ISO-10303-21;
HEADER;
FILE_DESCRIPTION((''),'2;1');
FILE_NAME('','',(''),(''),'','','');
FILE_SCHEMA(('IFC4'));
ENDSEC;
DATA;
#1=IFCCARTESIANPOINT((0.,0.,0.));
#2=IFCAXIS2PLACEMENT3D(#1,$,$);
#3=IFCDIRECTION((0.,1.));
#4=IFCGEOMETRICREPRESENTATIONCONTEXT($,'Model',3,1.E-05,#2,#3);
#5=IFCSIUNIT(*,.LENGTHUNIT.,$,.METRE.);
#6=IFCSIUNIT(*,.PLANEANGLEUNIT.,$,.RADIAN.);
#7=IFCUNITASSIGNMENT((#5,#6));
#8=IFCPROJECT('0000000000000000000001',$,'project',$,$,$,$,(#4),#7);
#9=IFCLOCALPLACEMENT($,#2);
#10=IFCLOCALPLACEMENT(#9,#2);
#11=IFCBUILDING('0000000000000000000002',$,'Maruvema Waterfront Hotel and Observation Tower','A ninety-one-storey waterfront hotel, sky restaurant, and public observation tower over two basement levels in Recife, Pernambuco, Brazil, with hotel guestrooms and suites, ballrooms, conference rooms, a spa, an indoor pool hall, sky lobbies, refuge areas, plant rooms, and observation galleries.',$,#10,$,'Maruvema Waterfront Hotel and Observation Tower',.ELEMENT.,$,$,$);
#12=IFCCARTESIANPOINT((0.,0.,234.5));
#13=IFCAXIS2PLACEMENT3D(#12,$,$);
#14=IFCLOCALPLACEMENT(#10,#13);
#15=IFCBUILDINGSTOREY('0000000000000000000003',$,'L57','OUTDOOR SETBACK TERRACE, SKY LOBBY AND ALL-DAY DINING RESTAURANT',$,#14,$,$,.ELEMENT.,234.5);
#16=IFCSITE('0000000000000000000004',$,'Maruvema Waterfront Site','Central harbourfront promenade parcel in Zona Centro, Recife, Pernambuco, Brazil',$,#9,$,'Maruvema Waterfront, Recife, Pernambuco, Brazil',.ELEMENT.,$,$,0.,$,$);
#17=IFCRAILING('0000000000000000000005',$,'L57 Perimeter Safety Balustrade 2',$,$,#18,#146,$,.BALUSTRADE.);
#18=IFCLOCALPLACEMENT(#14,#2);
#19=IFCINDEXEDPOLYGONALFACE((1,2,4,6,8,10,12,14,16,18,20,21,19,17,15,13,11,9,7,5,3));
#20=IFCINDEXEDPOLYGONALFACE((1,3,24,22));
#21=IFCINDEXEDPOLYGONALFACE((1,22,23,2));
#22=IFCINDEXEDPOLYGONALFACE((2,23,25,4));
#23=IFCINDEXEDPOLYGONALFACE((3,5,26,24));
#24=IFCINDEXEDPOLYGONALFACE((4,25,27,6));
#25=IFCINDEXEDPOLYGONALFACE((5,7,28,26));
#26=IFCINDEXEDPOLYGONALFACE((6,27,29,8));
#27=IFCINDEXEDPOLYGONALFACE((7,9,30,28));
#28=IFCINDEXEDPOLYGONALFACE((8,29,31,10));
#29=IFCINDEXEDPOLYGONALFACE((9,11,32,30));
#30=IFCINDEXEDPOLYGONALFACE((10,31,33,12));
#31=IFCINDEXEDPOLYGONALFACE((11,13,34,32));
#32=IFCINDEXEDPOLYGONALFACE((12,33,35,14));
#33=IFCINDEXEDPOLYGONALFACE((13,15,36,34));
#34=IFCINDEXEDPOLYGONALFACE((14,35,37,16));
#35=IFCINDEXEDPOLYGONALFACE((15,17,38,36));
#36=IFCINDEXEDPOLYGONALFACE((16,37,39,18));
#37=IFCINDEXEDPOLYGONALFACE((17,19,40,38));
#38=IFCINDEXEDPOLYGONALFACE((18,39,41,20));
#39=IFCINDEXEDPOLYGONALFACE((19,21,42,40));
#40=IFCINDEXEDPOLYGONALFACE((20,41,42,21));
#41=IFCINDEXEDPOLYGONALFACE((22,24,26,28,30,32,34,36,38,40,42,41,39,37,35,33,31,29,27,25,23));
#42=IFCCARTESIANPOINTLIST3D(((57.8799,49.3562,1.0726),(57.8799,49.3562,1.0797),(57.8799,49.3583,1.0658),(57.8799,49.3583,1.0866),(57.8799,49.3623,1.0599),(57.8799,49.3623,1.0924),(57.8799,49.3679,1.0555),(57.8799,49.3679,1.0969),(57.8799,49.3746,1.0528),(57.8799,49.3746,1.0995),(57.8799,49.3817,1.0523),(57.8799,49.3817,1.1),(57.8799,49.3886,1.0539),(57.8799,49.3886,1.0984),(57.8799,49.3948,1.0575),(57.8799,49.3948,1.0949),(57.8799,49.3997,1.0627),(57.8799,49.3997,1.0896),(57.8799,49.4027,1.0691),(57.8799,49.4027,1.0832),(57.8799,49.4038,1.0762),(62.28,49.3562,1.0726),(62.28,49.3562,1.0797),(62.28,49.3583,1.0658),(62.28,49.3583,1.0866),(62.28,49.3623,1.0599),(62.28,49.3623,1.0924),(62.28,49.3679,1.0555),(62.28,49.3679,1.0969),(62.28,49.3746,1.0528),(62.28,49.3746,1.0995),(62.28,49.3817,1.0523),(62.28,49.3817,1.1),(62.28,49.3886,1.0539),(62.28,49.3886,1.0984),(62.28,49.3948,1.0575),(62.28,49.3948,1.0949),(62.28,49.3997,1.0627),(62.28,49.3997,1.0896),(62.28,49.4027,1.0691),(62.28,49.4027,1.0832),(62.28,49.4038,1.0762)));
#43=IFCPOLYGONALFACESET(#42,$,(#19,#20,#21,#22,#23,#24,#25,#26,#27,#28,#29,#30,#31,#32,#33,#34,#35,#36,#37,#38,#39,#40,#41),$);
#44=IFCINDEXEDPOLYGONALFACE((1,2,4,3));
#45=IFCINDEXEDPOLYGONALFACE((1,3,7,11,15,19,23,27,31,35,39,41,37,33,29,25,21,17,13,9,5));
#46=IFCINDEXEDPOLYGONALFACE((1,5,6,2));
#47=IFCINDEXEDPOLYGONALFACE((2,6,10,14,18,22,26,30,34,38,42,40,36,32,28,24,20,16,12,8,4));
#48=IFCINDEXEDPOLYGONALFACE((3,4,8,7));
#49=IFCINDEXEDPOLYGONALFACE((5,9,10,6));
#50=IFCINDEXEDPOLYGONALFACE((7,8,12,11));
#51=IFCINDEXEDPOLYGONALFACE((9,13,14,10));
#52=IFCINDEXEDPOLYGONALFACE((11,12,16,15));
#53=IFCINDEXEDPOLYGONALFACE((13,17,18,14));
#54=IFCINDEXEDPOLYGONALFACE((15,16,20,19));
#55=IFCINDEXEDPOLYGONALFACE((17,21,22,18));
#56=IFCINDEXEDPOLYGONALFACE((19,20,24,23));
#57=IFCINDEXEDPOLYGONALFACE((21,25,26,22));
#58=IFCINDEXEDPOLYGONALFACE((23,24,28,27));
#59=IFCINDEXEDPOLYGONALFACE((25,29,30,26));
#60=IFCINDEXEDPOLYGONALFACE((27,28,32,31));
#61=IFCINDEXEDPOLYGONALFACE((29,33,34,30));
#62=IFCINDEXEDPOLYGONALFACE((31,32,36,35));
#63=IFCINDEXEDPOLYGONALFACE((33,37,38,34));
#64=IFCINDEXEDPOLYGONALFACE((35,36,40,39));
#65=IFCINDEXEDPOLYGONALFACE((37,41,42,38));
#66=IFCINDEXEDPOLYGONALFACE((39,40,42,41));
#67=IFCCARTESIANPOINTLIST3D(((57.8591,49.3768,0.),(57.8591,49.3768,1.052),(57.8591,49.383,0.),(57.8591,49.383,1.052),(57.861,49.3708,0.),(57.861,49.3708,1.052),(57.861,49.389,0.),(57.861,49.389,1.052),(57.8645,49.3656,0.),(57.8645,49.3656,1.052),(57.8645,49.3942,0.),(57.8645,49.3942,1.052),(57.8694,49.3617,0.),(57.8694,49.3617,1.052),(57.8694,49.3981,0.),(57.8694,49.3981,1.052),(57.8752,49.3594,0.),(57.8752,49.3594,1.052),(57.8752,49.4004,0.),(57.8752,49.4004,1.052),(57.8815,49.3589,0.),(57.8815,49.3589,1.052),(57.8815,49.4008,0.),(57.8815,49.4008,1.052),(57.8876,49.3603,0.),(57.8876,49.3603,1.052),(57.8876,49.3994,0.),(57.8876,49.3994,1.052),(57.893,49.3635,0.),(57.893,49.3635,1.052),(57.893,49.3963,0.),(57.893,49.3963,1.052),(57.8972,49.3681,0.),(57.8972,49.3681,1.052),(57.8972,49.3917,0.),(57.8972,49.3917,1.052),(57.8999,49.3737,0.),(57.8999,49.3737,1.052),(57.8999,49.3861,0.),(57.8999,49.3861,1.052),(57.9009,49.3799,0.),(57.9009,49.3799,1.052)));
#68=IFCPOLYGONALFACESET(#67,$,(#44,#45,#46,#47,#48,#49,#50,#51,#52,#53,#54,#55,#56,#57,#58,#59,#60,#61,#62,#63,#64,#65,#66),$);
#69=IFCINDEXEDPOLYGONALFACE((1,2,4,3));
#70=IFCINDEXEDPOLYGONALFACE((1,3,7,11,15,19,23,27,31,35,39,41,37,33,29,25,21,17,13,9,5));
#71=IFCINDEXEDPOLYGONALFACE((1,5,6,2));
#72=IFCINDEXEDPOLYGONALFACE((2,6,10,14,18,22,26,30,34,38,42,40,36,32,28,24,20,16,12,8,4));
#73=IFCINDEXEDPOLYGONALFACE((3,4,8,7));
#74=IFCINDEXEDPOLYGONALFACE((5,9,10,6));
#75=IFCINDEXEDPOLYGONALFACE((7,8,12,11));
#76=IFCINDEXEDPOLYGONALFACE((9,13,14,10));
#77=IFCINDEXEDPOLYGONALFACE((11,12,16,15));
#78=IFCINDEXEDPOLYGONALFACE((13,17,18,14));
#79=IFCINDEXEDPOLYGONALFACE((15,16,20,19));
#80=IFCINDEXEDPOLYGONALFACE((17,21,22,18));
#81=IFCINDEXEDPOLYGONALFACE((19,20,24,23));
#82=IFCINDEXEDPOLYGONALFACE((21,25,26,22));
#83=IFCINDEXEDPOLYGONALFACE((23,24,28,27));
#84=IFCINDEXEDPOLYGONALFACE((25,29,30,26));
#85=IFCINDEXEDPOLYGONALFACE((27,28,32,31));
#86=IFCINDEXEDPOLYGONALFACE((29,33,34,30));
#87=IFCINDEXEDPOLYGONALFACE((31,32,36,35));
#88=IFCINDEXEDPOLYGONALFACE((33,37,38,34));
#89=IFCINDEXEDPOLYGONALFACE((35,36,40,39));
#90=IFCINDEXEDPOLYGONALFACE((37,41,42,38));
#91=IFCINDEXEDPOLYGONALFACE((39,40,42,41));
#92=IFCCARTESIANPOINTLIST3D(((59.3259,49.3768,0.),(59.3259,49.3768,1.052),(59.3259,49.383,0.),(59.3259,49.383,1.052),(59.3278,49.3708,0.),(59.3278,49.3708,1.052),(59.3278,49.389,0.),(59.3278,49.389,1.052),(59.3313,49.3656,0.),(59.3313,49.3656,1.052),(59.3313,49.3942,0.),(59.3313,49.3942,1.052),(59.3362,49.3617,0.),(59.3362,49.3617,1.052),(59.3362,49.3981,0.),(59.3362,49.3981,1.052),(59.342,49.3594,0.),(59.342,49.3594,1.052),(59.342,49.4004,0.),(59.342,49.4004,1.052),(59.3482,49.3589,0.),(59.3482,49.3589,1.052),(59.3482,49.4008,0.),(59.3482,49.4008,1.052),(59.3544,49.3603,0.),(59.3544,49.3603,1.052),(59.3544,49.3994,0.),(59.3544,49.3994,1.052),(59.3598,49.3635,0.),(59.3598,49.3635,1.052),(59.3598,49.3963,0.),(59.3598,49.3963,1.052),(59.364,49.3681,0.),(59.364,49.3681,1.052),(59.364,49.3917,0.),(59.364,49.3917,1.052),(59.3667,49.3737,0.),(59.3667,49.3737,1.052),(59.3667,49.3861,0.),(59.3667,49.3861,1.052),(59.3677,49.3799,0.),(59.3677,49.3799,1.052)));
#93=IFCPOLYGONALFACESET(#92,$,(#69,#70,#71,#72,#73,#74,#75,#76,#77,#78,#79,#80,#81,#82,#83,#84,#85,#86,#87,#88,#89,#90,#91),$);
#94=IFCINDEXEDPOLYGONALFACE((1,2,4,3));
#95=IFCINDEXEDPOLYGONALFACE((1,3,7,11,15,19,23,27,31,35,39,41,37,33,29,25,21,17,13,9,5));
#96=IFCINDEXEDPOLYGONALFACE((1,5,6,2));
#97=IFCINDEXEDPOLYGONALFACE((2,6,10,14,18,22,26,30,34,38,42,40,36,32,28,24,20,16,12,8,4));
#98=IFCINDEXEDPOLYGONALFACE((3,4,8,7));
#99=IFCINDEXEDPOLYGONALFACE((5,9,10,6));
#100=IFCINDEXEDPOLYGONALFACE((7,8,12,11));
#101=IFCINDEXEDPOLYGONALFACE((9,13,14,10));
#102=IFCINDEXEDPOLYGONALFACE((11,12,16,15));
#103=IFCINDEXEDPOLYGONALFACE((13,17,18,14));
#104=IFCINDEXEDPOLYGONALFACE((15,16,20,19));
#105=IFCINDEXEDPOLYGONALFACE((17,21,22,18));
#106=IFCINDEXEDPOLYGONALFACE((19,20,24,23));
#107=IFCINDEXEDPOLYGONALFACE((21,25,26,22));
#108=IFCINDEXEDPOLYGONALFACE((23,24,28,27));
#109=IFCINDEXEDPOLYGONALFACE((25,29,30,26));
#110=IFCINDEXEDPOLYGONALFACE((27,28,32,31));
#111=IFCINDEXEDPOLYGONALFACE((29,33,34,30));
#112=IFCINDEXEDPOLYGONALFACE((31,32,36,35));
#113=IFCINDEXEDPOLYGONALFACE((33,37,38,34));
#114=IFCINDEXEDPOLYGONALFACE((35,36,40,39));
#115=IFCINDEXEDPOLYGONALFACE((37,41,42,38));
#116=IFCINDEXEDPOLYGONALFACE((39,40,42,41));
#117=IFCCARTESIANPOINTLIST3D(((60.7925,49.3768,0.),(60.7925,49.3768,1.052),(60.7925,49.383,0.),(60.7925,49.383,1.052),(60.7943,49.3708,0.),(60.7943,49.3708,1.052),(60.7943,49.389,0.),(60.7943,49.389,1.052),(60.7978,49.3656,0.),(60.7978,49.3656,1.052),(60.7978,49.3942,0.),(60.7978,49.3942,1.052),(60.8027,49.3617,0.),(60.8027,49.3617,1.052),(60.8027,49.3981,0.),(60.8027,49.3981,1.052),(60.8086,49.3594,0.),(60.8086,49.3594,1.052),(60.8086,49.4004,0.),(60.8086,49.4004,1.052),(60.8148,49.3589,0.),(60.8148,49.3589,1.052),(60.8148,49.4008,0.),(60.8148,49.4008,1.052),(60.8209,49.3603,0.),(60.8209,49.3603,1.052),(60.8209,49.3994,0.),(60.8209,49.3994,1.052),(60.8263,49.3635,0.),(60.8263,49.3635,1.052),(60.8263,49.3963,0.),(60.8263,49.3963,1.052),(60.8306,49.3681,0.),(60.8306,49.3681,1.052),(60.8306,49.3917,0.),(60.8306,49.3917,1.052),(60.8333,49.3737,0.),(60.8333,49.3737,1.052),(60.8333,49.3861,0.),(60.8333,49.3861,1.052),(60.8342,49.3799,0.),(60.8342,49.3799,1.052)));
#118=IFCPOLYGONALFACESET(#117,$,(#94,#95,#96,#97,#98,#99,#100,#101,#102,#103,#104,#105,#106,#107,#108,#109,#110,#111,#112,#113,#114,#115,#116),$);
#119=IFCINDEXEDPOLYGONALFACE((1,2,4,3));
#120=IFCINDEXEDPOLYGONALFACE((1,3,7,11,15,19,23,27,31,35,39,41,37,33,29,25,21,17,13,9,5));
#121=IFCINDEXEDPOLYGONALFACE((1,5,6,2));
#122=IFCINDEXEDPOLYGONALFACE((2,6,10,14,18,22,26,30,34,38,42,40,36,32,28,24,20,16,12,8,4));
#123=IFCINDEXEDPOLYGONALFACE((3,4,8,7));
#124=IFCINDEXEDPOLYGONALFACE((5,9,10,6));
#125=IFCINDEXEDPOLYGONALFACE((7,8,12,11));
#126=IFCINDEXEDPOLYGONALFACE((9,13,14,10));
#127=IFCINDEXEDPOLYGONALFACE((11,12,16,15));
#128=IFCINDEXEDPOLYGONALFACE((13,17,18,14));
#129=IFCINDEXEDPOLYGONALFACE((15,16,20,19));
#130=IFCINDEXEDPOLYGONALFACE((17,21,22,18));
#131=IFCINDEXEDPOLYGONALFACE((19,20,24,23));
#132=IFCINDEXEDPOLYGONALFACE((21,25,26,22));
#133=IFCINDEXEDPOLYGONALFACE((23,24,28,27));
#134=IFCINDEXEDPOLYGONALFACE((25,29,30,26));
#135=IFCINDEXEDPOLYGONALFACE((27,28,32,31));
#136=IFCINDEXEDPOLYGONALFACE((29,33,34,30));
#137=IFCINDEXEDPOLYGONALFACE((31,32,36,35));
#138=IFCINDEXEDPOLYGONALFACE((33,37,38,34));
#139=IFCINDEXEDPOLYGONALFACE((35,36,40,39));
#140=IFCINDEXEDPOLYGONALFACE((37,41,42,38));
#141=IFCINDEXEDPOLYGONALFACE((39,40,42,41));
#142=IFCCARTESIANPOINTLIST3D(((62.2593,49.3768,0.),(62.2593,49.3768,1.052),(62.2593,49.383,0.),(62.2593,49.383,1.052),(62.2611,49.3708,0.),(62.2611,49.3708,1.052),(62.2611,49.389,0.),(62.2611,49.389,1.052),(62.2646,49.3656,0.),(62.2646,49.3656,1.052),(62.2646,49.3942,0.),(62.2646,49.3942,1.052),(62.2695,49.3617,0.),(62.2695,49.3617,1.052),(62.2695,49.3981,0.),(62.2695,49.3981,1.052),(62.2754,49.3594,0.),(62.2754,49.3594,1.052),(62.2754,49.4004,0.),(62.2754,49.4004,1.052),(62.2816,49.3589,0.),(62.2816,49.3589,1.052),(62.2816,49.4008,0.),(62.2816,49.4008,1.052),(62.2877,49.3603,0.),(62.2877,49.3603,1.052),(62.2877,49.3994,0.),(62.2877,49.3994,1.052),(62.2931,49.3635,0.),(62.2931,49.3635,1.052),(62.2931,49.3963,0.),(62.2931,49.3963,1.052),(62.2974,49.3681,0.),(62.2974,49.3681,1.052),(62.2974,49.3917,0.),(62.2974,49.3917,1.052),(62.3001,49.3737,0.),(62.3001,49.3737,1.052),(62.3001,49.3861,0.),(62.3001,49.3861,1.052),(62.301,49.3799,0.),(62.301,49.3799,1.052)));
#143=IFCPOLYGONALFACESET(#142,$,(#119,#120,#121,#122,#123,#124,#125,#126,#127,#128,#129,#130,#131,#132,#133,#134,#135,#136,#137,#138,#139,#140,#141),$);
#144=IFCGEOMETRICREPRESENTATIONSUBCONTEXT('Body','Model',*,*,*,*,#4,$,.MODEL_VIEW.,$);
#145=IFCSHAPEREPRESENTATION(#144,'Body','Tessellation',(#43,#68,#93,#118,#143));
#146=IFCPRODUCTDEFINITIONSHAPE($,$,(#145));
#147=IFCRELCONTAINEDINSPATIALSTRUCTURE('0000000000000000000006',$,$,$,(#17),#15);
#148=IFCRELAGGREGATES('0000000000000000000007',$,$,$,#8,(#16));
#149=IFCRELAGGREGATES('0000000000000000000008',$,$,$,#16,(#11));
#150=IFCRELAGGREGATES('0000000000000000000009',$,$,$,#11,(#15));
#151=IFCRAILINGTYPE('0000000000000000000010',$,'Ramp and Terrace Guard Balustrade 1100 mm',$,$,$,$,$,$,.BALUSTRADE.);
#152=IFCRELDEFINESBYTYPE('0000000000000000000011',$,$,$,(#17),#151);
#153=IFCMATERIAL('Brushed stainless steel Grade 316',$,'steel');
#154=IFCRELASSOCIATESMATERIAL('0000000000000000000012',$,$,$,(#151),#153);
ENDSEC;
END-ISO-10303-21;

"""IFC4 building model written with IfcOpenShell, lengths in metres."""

from ifc_helpers import new_model, si_unit, direction, frame, origin, origin_2d, place, context, subcontext, project, spatial, circle, extrude, material, type_object, element, save


model = new_model("IFC4")

# Units and contexts
model_context = context("Model", 3, precision=1e-05, world=origin(), true_north=direction((0.0, 1.0)))
body_context = subcontext(model_context, "Body", "Model", "MODEL_VIEW")
ifc_project = project(units=[si_unit("LENGTHUNIT", "METRE"), si_unit("PLANEANGLEUNIT", "RADIAN")], contexts=[model_context])

# Site, building, storey
site_placement = place(None, origin())
site = spatial("IfcSite", under=ifc_project, at=site_placement, Name="Maruvema Waterfront Site", Description="Central harbourfront promenade parcel in Zona Centro, Recife, Pernambuco, Brazil", LongName="Maruvema Waterfront, Recife, Pernambuco, Brazil", CompositionType="ELEMENT", RefElevation=0.0)
building_placement = place(site_placement, origin())
building = spatial("IfcBuilding", under=site, at=building_placement, Name="Maruvema Waterfront Hotel and Observation Tower", Description="A ninety-one-storey waterfront hotel, sky restaurant, and public observation tower over two basement levels in Recife, Pernambuco, Brazil, with hotel guestrooms and suites, ballrooms, conference rooms, a spa, an indoor pool hall, sky lobbies, refuge areas, plant rooms, and observation galleries.", LongName="Maruvema Waterfront Hotel and Observation Tower", CompositionType="ELEMENT")
storey_placement = place(building_placement, frame((0.0, 0.0, 234.5)))
storey = spatial("IfcBuildingStorey", under=building, at=storey_placement, Name="L57", Description="OUTDOOR SETBACK TERRACE, SKY LOBBY AND ALL-DAY DINING RESTAURANT", CompositionType="ELEMENT", Elevation=234.5)

# Railing
ifc_material_1 = material(Name="Brushed stainless steel Grade 316", Category="steel")
railing_type_1 = type_object("IfcRailingType", Name="Ramp and Terrace Guard Balustrade 1100 mm", PredefinedType="BALUSTRADE", material=ifc_material_1)
railing_1_placement = place(storey_placement, frame((57.8799, 49.3799, 0.0)))
element("IfcRailing", 1, at=railing_1_placement, inside=storey, type_object=railing_type_1, Name="L57 Perimeter Safety Balustrade 2", PredefinedType="BALUSTRADE", context=body_context, shape_type="SweptSolid", body=[
    extrude(circle(Radius=0.0239, at=origin_2d()), frame((0.0, 0.0, 1.0762), z_axis=(1.0, 0.0, 0.0), x_axis=(0.0, 1.0, 0.0)), (0.0, 0.0, 1.0), 4.4001),
    extrude(circle(Radius=0.021, at=origin_2d()), origin(), (0.0, 0.0, 1.0), 1.052),
    extrude(circle(Radius=0.021, at=origin_2d()), frame((1.4668, 0.0, 0.0)), (0.0, 0.0, 1.0), 1.052),
    extrude(circle(Radius=0.021, at=origin_2d()), frame((2.9333, 0.0, 0.0)), (0.0, 0.0, 1.0), 1.052),
    extrude(circle(Radius=0.021, at=origin_2d()), frame((4.4001, 0.0, 0.0)), (0.0, 0.0, 1.0), 1.052),
])

save(model, "model.ifc")
